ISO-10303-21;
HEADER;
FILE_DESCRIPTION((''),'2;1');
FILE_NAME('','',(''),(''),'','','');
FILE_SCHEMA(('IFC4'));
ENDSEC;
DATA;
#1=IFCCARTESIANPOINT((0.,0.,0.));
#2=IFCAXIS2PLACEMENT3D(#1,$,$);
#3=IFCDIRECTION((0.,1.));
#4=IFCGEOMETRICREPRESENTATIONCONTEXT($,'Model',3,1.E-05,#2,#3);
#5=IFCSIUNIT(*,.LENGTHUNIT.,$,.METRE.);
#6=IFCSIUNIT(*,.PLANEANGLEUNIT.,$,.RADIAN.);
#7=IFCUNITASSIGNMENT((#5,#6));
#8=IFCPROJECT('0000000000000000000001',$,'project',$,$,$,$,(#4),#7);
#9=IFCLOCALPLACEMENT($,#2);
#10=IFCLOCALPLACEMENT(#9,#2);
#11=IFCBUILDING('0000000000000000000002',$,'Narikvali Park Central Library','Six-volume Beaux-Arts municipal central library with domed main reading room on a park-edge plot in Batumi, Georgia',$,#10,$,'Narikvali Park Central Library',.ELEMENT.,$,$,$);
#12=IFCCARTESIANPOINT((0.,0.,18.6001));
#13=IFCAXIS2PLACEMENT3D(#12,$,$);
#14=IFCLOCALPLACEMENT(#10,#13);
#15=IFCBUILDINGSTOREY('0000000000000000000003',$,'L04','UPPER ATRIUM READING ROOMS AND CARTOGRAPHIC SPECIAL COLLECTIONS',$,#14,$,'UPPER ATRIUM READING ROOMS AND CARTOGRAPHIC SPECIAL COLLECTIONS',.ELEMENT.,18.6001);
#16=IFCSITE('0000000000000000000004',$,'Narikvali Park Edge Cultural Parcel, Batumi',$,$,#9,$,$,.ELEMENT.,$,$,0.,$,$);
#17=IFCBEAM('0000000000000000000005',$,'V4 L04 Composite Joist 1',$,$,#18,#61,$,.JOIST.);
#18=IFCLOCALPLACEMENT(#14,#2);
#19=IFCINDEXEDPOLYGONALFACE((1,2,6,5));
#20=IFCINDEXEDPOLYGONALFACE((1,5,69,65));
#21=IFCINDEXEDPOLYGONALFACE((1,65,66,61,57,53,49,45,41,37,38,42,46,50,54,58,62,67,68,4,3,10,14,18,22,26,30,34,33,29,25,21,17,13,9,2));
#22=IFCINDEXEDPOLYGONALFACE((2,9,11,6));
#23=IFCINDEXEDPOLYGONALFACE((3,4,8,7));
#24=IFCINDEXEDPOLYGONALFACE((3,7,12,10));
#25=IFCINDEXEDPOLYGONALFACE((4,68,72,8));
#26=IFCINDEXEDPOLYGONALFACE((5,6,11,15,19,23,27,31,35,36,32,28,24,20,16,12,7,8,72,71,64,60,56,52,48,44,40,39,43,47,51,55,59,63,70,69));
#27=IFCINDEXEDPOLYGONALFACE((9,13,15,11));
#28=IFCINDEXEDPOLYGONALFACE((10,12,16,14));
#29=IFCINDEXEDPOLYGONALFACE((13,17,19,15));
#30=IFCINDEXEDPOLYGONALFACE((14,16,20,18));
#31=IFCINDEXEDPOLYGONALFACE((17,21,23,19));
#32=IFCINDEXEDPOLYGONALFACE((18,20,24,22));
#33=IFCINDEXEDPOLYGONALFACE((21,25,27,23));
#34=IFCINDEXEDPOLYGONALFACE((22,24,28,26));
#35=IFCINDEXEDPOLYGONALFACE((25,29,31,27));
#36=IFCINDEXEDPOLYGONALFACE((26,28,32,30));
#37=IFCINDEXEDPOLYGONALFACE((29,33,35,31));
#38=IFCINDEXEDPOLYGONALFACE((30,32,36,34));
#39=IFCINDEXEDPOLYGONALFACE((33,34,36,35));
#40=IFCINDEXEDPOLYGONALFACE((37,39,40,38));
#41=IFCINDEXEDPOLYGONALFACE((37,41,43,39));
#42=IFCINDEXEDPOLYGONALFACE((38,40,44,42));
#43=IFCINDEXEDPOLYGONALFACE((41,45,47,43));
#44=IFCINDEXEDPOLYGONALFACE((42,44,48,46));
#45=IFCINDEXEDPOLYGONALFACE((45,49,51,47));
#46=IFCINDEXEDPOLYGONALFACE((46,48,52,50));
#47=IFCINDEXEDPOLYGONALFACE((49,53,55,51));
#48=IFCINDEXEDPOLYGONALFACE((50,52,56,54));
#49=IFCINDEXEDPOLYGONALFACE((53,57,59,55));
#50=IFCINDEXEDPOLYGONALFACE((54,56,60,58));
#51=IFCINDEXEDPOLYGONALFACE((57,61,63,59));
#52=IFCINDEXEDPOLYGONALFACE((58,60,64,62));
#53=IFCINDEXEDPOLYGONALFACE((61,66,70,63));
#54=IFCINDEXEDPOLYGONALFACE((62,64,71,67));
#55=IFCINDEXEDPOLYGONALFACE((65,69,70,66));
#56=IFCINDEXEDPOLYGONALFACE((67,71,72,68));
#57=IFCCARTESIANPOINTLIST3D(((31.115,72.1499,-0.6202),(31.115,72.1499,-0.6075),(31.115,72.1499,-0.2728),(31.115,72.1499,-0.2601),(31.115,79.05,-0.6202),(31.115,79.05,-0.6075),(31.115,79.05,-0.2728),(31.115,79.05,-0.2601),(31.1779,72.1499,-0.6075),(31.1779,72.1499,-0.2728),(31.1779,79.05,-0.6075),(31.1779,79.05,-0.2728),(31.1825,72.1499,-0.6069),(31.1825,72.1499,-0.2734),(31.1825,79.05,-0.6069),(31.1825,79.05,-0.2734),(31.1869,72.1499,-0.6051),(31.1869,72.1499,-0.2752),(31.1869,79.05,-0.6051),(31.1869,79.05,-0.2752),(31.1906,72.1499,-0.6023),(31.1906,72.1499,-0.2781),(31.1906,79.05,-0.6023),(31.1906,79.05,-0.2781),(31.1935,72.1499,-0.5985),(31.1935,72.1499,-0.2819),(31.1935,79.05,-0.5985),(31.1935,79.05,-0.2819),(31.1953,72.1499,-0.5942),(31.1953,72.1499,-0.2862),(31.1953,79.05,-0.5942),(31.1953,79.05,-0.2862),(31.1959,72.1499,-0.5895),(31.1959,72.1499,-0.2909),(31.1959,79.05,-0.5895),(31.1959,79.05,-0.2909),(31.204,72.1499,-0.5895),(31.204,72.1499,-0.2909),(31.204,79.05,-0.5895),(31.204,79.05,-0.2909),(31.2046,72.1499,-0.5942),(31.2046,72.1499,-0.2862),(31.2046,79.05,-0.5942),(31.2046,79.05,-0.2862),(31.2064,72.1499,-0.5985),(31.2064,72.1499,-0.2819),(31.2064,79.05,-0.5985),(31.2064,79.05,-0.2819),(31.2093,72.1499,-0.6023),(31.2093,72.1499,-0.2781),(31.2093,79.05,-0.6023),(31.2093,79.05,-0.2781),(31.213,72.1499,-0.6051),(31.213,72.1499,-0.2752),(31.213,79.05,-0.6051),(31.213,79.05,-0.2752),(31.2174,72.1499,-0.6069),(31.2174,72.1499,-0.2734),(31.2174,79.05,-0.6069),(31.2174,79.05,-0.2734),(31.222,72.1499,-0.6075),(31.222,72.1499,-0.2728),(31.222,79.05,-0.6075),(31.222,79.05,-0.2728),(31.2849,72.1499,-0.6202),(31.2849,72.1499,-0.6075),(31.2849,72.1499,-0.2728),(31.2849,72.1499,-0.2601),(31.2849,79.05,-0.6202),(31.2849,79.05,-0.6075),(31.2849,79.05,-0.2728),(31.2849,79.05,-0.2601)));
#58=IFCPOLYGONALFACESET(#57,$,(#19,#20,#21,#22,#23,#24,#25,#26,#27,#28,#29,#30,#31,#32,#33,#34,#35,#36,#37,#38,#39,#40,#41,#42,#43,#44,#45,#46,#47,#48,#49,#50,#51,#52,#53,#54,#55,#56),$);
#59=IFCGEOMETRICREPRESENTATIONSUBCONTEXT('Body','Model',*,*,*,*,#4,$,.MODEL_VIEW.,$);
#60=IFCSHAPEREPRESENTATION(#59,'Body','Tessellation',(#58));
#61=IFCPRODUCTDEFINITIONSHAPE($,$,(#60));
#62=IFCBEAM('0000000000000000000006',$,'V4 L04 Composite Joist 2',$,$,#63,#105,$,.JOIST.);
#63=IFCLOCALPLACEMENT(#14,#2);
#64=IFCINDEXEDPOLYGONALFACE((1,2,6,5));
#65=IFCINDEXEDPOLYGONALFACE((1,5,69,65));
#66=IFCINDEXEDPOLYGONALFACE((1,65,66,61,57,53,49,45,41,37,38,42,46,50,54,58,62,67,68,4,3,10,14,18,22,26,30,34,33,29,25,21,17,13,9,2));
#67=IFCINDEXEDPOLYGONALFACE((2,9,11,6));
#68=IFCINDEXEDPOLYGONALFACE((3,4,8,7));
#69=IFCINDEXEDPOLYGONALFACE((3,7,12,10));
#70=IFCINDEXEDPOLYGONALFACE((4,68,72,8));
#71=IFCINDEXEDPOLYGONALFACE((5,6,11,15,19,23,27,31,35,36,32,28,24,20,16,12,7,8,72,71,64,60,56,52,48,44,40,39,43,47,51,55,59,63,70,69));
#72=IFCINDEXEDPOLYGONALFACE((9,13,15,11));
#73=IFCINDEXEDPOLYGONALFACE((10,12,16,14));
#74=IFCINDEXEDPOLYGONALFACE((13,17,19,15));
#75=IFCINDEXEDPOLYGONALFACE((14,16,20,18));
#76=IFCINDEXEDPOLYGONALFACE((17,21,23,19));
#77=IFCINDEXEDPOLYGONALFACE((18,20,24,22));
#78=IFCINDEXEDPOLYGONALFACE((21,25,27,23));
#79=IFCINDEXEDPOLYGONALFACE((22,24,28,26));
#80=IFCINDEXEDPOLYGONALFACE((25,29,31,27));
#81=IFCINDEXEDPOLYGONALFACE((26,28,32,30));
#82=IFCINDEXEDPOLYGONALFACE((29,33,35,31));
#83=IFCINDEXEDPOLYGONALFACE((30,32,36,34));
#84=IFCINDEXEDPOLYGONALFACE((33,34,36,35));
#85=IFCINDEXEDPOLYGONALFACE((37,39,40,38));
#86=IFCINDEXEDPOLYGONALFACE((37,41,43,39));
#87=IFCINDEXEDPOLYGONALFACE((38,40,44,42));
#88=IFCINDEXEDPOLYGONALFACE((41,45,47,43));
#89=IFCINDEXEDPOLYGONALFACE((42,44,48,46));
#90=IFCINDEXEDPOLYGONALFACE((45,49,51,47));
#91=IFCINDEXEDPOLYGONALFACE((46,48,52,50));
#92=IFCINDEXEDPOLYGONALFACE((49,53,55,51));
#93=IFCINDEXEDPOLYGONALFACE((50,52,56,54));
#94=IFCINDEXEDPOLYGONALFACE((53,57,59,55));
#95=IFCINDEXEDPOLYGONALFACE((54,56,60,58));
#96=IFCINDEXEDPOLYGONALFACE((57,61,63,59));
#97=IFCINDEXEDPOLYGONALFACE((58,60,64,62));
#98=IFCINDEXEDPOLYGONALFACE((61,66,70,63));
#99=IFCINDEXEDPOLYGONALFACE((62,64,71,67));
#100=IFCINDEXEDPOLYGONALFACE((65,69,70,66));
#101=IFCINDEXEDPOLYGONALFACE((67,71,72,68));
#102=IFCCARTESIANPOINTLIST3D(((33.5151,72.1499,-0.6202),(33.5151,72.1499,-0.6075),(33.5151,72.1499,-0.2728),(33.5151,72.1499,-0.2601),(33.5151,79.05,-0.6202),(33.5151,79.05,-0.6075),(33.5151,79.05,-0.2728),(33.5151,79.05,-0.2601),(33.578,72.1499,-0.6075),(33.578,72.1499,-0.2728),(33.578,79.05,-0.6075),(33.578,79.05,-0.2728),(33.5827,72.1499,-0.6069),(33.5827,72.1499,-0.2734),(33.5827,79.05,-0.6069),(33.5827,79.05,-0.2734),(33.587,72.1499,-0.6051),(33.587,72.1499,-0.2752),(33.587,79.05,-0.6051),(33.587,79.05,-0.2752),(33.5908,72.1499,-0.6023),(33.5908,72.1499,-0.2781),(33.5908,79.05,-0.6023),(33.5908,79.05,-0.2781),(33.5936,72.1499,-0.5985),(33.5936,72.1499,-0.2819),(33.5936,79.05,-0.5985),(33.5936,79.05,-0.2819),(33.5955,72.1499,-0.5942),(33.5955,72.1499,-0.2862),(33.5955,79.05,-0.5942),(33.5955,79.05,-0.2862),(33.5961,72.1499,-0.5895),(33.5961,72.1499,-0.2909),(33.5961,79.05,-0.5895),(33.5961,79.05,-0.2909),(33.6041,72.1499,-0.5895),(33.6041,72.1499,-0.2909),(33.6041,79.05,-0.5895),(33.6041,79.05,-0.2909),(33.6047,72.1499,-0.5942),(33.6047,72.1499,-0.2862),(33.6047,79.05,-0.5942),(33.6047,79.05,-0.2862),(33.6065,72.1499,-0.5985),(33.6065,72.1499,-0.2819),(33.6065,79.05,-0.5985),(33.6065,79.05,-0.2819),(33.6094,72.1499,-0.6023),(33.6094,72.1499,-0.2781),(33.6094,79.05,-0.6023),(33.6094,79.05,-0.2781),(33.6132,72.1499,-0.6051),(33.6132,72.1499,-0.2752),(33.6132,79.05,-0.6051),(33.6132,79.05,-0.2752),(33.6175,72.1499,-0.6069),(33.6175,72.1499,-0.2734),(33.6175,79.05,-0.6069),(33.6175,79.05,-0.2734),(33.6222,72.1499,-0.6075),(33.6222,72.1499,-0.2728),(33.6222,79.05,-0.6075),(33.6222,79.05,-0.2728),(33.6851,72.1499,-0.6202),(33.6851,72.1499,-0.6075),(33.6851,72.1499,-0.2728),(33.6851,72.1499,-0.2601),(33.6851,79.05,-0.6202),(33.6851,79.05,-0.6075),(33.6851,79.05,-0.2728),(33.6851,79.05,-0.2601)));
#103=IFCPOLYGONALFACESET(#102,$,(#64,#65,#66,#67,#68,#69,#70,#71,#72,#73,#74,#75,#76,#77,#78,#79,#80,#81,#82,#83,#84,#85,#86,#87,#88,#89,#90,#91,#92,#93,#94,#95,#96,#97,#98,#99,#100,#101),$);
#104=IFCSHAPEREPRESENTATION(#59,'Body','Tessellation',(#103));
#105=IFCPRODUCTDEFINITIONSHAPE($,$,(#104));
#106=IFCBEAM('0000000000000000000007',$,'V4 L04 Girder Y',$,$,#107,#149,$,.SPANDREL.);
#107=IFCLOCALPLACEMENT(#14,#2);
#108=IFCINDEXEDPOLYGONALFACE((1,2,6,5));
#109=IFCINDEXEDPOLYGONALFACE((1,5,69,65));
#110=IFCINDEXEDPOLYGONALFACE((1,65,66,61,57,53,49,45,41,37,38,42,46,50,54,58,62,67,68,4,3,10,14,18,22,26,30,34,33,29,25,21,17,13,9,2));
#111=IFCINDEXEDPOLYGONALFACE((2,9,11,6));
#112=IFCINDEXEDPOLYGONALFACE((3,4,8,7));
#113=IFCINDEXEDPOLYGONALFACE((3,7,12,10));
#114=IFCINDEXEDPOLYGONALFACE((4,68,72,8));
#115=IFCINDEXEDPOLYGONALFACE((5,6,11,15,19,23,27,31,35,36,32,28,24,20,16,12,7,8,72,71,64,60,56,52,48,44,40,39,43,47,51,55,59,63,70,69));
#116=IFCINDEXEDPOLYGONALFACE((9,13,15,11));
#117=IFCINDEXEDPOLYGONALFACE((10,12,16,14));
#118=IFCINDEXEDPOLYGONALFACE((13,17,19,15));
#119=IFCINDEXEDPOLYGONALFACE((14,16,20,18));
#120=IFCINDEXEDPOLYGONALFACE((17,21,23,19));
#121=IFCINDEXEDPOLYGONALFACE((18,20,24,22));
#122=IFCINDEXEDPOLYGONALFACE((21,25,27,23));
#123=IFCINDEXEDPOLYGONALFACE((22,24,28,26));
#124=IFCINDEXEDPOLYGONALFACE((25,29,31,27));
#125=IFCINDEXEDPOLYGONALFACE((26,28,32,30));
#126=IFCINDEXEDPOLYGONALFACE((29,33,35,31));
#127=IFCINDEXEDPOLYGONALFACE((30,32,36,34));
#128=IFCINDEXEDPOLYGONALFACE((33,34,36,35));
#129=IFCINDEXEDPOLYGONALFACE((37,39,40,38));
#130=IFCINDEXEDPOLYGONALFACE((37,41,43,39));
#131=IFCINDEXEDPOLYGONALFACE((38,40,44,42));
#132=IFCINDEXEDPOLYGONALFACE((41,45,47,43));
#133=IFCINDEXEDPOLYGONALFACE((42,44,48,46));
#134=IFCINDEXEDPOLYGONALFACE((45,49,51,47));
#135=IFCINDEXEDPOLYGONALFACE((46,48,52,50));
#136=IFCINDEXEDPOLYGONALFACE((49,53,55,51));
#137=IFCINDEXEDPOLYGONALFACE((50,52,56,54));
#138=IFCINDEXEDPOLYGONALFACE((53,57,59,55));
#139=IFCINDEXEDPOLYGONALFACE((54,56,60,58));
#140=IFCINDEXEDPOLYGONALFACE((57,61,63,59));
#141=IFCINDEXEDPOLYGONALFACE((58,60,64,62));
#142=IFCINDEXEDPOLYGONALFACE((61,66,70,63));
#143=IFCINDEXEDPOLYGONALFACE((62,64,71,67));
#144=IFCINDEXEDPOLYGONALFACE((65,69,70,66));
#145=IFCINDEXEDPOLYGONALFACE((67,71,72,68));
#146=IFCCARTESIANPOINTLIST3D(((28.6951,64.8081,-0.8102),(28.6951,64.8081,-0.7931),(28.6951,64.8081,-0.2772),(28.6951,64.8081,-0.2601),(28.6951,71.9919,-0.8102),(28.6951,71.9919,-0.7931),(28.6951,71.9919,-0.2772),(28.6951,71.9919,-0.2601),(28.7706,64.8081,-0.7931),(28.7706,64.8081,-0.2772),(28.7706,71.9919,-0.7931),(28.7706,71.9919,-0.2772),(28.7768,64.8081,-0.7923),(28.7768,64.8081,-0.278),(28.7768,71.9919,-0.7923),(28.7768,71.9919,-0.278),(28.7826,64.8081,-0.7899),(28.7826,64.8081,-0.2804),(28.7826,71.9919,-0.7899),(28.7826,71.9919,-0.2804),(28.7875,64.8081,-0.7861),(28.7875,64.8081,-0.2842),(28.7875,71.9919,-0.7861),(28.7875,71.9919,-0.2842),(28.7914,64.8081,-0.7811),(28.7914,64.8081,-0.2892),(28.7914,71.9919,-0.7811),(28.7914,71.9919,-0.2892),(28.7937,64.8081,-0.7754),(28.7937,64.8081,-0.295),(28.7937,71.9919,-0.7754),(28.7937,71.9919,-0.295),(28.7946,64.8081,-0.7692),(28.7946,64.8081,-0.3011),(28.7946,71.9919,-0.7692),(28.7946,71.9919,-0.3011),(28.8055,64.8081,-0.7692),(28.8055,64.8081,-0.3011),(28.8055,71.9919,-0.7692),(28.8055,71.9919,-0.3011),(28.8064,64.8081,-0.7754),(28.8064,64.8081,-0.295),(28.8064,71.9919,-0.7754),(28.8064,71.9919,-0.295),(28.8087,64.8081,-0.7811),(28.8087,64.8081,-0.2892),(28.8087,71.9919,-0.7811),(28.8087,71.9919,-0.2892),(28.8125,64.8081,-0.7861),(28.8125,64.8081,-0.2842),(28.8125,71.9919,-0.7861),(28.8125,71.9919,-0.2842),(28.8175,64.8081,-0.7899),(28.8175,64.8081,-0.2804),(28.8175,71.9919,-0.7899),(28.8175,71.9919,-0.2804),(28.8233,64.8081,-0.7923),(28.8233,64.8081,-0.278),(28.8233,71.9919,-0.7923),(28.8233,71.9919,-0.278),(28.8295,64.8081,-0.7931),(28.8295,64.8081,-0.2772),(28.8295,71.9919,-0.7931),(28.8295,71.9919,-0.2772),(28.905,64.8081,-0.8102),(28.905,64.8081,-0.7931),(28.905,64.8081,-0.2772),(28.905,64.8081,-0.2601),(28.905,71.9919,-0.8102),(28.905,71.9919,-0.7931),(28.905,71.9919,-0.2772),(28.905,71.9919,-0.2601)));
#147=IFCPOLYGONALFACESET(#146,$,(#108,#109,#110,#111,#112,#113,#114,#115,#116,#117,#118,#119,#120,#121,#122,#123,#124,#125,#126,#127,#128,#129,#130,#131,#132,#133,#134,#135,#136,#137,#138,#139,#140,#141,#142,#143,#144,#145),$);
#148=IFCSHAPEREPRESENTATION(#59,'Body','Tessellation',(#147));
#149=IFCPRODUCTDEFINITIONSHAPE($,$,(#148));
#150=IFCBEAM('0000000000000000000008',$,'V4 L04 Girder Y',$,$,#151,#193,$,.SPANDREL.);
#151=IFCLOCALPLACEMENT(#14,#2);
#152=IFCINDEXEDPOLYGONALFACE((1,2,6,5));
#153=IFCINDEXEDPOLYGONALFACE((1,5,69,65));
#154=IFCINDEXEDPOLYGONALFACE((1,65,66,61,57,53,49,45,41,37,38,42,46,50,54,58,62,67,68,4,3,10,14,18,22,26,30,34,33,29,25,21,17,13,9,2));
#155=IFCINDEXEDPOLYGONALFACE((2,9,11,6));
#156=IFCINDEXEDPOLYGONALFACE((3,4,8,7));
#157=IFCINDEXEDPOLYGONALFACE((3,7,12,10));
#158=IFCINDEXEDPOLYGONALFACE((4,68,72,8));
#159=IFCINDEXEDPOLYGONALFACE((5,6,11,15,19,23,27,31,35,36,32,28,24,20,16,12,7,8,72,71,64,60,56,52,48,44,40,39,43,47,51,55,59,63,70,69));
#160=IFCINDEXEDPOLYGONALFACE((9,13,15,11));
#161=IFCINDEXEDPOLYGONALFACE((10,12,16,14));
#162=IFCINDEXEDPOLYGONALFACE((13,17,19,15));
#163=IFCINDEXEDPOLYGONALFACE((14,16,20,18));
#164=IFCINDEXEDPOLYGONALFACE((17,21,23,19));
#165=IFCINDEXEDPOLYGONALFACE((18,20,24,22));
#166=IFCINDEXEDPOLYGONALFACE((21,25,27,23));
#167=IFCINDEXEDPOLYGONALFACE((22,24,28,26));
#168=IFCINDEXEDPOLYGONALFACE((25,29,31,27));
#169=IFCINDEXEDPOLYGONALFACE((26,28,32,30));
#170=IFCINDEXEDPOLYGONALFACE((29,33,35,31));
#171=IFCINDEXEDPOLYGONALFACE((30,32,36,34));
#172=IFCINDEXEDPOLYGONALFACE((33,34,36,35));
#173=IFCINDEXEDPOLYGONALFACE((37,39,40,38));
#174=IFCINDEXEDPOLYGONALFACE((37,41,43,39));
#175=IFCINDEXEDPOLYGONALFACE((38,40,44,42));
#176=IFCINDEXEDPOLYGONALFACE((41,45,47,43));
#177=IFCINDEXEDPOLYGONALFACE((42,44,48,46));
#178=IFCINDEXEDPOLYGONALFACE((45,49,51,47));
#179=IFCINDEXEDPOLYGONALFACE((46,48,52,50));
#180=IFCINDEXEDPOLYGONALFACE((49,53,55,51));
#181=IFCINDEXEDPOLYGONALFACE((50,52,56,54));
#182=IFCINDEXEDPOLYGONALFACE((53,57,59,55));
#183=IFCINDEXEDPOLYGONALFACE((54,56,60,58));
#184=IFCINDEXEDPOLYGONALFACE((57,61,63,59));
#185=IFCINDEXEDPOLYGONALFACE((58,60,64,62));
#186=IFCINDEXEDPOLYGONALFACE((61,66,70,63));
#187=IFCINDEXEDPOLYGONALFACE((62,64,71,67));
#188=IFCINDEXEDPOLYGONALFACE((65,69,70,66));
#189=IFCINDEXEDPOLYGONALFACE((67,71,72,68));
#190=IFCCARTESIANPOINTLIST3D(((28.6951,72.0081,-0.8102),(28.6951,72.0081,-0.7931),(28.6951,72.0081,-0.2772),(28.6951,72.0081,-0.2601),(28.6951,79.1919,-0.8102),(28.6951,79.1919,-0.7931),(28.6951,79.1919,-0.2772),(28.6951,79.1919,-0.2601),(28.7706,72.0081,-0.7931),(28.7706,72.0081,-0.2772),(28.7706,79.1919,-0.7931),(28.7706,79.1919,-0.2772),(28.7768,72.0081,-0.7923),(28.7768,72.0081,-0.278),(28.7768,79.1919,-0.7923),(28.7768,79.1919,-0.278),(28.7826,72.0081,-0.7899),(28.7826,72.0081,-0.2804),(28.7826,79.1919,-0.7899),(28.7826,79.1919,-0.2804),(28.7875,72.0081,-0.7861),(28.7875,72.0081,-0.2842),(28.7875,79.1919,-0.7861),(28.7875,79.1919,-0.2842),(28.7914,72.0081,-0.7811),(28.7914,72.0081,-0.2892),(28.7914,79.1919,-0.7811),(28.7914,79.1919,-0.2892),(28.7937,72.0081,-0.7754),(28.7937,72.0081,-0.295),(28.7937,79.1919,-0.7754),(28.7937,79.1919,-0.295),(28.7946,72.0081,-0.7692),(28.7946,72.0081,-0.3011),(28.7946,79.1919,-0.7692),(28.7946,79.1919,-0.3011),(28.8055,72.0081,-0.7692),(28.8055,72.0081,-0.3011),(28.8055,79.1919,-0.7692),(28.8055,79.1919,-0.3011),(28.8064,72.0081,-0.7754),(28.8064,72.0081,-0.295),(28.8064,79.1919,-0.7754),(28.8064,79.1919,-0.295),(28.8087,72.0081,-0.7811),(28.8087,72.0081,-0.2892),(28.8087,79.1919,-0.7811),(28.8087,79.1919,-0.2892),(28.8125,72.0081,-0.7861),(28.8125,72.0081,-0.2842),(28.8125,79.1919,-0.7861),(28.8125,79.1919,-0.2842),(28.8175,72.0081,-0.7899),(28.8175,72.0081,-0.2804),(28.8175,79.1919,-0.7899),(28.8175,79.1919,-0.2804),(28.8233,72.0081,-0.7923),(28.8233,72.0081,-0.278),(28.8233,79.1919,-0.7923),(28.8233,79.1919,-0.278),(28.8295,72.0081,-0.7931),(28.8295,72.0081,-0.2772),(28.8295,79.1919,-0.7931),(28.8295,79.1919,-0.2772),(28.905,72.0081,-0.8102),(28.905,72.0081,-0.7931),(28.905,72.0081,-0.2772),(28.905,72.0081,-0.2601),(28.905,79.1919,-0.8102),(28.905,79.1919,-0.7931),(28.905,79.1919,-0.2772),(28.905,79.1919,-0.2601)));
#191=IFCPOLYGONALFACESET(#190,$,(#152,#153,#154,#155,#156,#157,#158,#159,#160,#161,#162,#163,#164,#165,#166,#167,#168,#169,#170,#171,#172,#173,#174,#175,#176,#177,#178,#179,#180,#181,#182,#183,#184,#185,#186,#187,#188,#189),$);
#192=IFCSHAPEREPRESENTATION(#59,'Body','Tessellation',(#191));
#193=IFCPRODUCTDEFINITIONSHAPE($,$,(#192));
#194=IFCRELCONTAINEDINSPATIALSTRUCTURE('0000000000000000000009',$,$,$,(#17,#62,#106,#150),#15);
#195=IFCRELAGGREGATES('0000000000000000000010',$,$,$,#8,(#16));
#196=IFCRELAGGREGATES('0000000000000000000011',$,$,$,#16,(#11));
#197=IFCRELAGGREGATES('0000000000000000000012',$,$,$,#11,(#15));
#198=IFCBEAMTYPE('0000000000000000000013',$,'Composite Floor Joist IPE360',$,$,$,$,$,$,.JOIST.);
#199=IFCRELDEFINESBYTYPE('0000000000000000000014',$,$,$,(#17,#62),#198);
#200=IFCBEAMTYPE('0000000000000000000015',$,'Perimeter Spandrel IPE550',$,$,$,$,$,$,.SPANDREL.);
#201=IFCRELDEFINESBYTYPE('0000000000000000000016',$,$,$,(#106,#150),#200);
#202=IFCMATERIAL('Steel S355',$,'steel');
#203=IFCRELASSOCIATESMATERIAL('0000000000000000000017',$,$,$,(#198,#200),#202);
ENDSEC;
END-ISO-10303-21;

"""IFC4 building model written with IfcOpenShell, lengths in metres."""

from ifc_helpers import new_model, si_unit, direction, frame, origin, origin_2d, place, context, subcontext, project, spatial, i_section, extrude, material, material_profile, profile_set, type_object, element, save


model = new_model("IFC4")

# Units and contexts
model_context = context("Model", 3, precision=1e-05, world=origin(), true_north=direction((0.0, 1.0)))
body_context = subcontext(model_context, "Body", "Model", "MODEL_VIEW")
ifc_project = project(units=[si_unit("LENGTHUNIT", "METRE"), si_unit("PLANEANGLEUNIT", "RADIAN")], contexts=[model_context])

# Site, building, storey
site_placement = place(None, origin())
site = spatial("IfcSite", under=ifc_project, at=site_placement, Name="Narikvali Park Edge Cultural Parcel, Batumi", CompositionType="ELEMENT", RefElevation=0.0)
building_placement = place(site_placement, origin())
building = spatial("IfcBuilding", under=site, at=building_placement, Name="Narikvali Park Central Library", Description="Six-volume Beaux-Arts municipal central library with domed main reading room on a park-edge plot in Batumi, Georgia", LongName="Narikvali Park Central Library", CompositionType="ELEMENT")
storey_placement = place(building_placement, frame((0.0, 0.0, 18.6001)))
storey = spatial("IfcBuildingStorey", under=building, at=storey_placement, Name="L04", Description="UPPER ATRIUM READING ROOMS AND CARTOGRAPHIC SPECIAL COLLECTIONS", LongName="UPPER ATRIUM READING ROOMS AND CARTOGRAPHIC SPECIAL COLLECTIONS", CompositionType="ELEMENT", Elevation=18.6001)

# Shared definitions
ifc_material_1 = material(Name="Steel S355", Category="steel")

# Beams
ifc_material_profile_1 = material_profile(ifc_material_1, i_section(OverallWidth=0.1699, OverallDepth=0.3601, WebThickness=0.0081, FlangeThickness=0.0127, FilletRadius=0.0181, at=origin_2d()), Name="IPE 360")
ifc_profile_set_1 = profile_set([ifc_material_profile_1], Name="Steel S355")
beam_type_1 = type_object("IfcBeamType", Name="Composite Floor Joist IPE360", PredefinedType="JOIST", material=ifc_profile_set_1)
for number, where, z_axis, x_axis, name in (
    (1, (31.2, 72.1499, -0.4402), (0.0, 1.0, 0.0), (-1.0, 0.0, 0.0), "V4 L04 Composite Joist 1"),
    (2, (33.6001, 72.1499, -0.4402), (0.0, 1.0, 0.0), (-1.0, 0.0, 0.0), "V4 L04 Composite Joist 2"),
):
    element("IfcBeam", number, at=place(storey_placement, frame(where, z_axis=z_axis, x_axis=x_axis)), inside=storey, type_object=beam_type_1, Name=name, PredefinedType="JOIST", context=body_context, shape_type="SweptSolid", body=[
        extrude(i_section(OverallWidth=0.1699, OverallDepth=0.3601, WebThickness=0.0081, FlangeThickness=0.0127, FilletRadius=0.0181, at=origin_2d()), origin(), (0.0, 0.0, 1.0), 6.9001),
    ])
ifc_material_profile_2 = material_profile(ifc_material_1, i_section(OverallWidth=0.21, OverallDepth=0.55, WebThickness=0.011, FlangeThickness=0.0171, FilletRadius=0.0239, at=origin_2d()), Name="IPE 550")
ifc_profile_set_2 = profile_set([ifc_material_profile_2], Name="Steel S355")
beam_type_2 = type_object("IfcBeamType", Name="Perimeter Spandrel IPE550", PredefinedType="SPANDREL", material=ifc_profile_set_2)
for number, where, z_axis, x_axis, name in (
    (3, (28.8, 64.8081, -0.5352), (0.0, 1.0, 0.0), (-1.0, 0.0, 0.0), "V4 L04 Girder Y"),
    (4, (28.8, 72.0081, -0.5352), (0.0, 1.0, 0.0), (-1.0, 0.0, 0.0), "V4 L04 Girder Y"),
):
    element("IfcBeam", number, at=place(storey_placement, frame(where, z_axis=z_axis, x_axis=x_axis)), inside=storey, type_object=beam_type_2, Name=name, PredefinedType="SPANDREL", context=body_context, shape_type="SweptSolid", body=[
        extrude(i_section(OverallWidth=0.21, OverallDepth=0.55, WebThickness=0.011, FlangeThickness=0.0171, FilletRadius=0.0239, at=origin_2d()), origin(), (0.0, 0.0, 1.0), 7.1838),
    ])

save(model, "model.ifc")
